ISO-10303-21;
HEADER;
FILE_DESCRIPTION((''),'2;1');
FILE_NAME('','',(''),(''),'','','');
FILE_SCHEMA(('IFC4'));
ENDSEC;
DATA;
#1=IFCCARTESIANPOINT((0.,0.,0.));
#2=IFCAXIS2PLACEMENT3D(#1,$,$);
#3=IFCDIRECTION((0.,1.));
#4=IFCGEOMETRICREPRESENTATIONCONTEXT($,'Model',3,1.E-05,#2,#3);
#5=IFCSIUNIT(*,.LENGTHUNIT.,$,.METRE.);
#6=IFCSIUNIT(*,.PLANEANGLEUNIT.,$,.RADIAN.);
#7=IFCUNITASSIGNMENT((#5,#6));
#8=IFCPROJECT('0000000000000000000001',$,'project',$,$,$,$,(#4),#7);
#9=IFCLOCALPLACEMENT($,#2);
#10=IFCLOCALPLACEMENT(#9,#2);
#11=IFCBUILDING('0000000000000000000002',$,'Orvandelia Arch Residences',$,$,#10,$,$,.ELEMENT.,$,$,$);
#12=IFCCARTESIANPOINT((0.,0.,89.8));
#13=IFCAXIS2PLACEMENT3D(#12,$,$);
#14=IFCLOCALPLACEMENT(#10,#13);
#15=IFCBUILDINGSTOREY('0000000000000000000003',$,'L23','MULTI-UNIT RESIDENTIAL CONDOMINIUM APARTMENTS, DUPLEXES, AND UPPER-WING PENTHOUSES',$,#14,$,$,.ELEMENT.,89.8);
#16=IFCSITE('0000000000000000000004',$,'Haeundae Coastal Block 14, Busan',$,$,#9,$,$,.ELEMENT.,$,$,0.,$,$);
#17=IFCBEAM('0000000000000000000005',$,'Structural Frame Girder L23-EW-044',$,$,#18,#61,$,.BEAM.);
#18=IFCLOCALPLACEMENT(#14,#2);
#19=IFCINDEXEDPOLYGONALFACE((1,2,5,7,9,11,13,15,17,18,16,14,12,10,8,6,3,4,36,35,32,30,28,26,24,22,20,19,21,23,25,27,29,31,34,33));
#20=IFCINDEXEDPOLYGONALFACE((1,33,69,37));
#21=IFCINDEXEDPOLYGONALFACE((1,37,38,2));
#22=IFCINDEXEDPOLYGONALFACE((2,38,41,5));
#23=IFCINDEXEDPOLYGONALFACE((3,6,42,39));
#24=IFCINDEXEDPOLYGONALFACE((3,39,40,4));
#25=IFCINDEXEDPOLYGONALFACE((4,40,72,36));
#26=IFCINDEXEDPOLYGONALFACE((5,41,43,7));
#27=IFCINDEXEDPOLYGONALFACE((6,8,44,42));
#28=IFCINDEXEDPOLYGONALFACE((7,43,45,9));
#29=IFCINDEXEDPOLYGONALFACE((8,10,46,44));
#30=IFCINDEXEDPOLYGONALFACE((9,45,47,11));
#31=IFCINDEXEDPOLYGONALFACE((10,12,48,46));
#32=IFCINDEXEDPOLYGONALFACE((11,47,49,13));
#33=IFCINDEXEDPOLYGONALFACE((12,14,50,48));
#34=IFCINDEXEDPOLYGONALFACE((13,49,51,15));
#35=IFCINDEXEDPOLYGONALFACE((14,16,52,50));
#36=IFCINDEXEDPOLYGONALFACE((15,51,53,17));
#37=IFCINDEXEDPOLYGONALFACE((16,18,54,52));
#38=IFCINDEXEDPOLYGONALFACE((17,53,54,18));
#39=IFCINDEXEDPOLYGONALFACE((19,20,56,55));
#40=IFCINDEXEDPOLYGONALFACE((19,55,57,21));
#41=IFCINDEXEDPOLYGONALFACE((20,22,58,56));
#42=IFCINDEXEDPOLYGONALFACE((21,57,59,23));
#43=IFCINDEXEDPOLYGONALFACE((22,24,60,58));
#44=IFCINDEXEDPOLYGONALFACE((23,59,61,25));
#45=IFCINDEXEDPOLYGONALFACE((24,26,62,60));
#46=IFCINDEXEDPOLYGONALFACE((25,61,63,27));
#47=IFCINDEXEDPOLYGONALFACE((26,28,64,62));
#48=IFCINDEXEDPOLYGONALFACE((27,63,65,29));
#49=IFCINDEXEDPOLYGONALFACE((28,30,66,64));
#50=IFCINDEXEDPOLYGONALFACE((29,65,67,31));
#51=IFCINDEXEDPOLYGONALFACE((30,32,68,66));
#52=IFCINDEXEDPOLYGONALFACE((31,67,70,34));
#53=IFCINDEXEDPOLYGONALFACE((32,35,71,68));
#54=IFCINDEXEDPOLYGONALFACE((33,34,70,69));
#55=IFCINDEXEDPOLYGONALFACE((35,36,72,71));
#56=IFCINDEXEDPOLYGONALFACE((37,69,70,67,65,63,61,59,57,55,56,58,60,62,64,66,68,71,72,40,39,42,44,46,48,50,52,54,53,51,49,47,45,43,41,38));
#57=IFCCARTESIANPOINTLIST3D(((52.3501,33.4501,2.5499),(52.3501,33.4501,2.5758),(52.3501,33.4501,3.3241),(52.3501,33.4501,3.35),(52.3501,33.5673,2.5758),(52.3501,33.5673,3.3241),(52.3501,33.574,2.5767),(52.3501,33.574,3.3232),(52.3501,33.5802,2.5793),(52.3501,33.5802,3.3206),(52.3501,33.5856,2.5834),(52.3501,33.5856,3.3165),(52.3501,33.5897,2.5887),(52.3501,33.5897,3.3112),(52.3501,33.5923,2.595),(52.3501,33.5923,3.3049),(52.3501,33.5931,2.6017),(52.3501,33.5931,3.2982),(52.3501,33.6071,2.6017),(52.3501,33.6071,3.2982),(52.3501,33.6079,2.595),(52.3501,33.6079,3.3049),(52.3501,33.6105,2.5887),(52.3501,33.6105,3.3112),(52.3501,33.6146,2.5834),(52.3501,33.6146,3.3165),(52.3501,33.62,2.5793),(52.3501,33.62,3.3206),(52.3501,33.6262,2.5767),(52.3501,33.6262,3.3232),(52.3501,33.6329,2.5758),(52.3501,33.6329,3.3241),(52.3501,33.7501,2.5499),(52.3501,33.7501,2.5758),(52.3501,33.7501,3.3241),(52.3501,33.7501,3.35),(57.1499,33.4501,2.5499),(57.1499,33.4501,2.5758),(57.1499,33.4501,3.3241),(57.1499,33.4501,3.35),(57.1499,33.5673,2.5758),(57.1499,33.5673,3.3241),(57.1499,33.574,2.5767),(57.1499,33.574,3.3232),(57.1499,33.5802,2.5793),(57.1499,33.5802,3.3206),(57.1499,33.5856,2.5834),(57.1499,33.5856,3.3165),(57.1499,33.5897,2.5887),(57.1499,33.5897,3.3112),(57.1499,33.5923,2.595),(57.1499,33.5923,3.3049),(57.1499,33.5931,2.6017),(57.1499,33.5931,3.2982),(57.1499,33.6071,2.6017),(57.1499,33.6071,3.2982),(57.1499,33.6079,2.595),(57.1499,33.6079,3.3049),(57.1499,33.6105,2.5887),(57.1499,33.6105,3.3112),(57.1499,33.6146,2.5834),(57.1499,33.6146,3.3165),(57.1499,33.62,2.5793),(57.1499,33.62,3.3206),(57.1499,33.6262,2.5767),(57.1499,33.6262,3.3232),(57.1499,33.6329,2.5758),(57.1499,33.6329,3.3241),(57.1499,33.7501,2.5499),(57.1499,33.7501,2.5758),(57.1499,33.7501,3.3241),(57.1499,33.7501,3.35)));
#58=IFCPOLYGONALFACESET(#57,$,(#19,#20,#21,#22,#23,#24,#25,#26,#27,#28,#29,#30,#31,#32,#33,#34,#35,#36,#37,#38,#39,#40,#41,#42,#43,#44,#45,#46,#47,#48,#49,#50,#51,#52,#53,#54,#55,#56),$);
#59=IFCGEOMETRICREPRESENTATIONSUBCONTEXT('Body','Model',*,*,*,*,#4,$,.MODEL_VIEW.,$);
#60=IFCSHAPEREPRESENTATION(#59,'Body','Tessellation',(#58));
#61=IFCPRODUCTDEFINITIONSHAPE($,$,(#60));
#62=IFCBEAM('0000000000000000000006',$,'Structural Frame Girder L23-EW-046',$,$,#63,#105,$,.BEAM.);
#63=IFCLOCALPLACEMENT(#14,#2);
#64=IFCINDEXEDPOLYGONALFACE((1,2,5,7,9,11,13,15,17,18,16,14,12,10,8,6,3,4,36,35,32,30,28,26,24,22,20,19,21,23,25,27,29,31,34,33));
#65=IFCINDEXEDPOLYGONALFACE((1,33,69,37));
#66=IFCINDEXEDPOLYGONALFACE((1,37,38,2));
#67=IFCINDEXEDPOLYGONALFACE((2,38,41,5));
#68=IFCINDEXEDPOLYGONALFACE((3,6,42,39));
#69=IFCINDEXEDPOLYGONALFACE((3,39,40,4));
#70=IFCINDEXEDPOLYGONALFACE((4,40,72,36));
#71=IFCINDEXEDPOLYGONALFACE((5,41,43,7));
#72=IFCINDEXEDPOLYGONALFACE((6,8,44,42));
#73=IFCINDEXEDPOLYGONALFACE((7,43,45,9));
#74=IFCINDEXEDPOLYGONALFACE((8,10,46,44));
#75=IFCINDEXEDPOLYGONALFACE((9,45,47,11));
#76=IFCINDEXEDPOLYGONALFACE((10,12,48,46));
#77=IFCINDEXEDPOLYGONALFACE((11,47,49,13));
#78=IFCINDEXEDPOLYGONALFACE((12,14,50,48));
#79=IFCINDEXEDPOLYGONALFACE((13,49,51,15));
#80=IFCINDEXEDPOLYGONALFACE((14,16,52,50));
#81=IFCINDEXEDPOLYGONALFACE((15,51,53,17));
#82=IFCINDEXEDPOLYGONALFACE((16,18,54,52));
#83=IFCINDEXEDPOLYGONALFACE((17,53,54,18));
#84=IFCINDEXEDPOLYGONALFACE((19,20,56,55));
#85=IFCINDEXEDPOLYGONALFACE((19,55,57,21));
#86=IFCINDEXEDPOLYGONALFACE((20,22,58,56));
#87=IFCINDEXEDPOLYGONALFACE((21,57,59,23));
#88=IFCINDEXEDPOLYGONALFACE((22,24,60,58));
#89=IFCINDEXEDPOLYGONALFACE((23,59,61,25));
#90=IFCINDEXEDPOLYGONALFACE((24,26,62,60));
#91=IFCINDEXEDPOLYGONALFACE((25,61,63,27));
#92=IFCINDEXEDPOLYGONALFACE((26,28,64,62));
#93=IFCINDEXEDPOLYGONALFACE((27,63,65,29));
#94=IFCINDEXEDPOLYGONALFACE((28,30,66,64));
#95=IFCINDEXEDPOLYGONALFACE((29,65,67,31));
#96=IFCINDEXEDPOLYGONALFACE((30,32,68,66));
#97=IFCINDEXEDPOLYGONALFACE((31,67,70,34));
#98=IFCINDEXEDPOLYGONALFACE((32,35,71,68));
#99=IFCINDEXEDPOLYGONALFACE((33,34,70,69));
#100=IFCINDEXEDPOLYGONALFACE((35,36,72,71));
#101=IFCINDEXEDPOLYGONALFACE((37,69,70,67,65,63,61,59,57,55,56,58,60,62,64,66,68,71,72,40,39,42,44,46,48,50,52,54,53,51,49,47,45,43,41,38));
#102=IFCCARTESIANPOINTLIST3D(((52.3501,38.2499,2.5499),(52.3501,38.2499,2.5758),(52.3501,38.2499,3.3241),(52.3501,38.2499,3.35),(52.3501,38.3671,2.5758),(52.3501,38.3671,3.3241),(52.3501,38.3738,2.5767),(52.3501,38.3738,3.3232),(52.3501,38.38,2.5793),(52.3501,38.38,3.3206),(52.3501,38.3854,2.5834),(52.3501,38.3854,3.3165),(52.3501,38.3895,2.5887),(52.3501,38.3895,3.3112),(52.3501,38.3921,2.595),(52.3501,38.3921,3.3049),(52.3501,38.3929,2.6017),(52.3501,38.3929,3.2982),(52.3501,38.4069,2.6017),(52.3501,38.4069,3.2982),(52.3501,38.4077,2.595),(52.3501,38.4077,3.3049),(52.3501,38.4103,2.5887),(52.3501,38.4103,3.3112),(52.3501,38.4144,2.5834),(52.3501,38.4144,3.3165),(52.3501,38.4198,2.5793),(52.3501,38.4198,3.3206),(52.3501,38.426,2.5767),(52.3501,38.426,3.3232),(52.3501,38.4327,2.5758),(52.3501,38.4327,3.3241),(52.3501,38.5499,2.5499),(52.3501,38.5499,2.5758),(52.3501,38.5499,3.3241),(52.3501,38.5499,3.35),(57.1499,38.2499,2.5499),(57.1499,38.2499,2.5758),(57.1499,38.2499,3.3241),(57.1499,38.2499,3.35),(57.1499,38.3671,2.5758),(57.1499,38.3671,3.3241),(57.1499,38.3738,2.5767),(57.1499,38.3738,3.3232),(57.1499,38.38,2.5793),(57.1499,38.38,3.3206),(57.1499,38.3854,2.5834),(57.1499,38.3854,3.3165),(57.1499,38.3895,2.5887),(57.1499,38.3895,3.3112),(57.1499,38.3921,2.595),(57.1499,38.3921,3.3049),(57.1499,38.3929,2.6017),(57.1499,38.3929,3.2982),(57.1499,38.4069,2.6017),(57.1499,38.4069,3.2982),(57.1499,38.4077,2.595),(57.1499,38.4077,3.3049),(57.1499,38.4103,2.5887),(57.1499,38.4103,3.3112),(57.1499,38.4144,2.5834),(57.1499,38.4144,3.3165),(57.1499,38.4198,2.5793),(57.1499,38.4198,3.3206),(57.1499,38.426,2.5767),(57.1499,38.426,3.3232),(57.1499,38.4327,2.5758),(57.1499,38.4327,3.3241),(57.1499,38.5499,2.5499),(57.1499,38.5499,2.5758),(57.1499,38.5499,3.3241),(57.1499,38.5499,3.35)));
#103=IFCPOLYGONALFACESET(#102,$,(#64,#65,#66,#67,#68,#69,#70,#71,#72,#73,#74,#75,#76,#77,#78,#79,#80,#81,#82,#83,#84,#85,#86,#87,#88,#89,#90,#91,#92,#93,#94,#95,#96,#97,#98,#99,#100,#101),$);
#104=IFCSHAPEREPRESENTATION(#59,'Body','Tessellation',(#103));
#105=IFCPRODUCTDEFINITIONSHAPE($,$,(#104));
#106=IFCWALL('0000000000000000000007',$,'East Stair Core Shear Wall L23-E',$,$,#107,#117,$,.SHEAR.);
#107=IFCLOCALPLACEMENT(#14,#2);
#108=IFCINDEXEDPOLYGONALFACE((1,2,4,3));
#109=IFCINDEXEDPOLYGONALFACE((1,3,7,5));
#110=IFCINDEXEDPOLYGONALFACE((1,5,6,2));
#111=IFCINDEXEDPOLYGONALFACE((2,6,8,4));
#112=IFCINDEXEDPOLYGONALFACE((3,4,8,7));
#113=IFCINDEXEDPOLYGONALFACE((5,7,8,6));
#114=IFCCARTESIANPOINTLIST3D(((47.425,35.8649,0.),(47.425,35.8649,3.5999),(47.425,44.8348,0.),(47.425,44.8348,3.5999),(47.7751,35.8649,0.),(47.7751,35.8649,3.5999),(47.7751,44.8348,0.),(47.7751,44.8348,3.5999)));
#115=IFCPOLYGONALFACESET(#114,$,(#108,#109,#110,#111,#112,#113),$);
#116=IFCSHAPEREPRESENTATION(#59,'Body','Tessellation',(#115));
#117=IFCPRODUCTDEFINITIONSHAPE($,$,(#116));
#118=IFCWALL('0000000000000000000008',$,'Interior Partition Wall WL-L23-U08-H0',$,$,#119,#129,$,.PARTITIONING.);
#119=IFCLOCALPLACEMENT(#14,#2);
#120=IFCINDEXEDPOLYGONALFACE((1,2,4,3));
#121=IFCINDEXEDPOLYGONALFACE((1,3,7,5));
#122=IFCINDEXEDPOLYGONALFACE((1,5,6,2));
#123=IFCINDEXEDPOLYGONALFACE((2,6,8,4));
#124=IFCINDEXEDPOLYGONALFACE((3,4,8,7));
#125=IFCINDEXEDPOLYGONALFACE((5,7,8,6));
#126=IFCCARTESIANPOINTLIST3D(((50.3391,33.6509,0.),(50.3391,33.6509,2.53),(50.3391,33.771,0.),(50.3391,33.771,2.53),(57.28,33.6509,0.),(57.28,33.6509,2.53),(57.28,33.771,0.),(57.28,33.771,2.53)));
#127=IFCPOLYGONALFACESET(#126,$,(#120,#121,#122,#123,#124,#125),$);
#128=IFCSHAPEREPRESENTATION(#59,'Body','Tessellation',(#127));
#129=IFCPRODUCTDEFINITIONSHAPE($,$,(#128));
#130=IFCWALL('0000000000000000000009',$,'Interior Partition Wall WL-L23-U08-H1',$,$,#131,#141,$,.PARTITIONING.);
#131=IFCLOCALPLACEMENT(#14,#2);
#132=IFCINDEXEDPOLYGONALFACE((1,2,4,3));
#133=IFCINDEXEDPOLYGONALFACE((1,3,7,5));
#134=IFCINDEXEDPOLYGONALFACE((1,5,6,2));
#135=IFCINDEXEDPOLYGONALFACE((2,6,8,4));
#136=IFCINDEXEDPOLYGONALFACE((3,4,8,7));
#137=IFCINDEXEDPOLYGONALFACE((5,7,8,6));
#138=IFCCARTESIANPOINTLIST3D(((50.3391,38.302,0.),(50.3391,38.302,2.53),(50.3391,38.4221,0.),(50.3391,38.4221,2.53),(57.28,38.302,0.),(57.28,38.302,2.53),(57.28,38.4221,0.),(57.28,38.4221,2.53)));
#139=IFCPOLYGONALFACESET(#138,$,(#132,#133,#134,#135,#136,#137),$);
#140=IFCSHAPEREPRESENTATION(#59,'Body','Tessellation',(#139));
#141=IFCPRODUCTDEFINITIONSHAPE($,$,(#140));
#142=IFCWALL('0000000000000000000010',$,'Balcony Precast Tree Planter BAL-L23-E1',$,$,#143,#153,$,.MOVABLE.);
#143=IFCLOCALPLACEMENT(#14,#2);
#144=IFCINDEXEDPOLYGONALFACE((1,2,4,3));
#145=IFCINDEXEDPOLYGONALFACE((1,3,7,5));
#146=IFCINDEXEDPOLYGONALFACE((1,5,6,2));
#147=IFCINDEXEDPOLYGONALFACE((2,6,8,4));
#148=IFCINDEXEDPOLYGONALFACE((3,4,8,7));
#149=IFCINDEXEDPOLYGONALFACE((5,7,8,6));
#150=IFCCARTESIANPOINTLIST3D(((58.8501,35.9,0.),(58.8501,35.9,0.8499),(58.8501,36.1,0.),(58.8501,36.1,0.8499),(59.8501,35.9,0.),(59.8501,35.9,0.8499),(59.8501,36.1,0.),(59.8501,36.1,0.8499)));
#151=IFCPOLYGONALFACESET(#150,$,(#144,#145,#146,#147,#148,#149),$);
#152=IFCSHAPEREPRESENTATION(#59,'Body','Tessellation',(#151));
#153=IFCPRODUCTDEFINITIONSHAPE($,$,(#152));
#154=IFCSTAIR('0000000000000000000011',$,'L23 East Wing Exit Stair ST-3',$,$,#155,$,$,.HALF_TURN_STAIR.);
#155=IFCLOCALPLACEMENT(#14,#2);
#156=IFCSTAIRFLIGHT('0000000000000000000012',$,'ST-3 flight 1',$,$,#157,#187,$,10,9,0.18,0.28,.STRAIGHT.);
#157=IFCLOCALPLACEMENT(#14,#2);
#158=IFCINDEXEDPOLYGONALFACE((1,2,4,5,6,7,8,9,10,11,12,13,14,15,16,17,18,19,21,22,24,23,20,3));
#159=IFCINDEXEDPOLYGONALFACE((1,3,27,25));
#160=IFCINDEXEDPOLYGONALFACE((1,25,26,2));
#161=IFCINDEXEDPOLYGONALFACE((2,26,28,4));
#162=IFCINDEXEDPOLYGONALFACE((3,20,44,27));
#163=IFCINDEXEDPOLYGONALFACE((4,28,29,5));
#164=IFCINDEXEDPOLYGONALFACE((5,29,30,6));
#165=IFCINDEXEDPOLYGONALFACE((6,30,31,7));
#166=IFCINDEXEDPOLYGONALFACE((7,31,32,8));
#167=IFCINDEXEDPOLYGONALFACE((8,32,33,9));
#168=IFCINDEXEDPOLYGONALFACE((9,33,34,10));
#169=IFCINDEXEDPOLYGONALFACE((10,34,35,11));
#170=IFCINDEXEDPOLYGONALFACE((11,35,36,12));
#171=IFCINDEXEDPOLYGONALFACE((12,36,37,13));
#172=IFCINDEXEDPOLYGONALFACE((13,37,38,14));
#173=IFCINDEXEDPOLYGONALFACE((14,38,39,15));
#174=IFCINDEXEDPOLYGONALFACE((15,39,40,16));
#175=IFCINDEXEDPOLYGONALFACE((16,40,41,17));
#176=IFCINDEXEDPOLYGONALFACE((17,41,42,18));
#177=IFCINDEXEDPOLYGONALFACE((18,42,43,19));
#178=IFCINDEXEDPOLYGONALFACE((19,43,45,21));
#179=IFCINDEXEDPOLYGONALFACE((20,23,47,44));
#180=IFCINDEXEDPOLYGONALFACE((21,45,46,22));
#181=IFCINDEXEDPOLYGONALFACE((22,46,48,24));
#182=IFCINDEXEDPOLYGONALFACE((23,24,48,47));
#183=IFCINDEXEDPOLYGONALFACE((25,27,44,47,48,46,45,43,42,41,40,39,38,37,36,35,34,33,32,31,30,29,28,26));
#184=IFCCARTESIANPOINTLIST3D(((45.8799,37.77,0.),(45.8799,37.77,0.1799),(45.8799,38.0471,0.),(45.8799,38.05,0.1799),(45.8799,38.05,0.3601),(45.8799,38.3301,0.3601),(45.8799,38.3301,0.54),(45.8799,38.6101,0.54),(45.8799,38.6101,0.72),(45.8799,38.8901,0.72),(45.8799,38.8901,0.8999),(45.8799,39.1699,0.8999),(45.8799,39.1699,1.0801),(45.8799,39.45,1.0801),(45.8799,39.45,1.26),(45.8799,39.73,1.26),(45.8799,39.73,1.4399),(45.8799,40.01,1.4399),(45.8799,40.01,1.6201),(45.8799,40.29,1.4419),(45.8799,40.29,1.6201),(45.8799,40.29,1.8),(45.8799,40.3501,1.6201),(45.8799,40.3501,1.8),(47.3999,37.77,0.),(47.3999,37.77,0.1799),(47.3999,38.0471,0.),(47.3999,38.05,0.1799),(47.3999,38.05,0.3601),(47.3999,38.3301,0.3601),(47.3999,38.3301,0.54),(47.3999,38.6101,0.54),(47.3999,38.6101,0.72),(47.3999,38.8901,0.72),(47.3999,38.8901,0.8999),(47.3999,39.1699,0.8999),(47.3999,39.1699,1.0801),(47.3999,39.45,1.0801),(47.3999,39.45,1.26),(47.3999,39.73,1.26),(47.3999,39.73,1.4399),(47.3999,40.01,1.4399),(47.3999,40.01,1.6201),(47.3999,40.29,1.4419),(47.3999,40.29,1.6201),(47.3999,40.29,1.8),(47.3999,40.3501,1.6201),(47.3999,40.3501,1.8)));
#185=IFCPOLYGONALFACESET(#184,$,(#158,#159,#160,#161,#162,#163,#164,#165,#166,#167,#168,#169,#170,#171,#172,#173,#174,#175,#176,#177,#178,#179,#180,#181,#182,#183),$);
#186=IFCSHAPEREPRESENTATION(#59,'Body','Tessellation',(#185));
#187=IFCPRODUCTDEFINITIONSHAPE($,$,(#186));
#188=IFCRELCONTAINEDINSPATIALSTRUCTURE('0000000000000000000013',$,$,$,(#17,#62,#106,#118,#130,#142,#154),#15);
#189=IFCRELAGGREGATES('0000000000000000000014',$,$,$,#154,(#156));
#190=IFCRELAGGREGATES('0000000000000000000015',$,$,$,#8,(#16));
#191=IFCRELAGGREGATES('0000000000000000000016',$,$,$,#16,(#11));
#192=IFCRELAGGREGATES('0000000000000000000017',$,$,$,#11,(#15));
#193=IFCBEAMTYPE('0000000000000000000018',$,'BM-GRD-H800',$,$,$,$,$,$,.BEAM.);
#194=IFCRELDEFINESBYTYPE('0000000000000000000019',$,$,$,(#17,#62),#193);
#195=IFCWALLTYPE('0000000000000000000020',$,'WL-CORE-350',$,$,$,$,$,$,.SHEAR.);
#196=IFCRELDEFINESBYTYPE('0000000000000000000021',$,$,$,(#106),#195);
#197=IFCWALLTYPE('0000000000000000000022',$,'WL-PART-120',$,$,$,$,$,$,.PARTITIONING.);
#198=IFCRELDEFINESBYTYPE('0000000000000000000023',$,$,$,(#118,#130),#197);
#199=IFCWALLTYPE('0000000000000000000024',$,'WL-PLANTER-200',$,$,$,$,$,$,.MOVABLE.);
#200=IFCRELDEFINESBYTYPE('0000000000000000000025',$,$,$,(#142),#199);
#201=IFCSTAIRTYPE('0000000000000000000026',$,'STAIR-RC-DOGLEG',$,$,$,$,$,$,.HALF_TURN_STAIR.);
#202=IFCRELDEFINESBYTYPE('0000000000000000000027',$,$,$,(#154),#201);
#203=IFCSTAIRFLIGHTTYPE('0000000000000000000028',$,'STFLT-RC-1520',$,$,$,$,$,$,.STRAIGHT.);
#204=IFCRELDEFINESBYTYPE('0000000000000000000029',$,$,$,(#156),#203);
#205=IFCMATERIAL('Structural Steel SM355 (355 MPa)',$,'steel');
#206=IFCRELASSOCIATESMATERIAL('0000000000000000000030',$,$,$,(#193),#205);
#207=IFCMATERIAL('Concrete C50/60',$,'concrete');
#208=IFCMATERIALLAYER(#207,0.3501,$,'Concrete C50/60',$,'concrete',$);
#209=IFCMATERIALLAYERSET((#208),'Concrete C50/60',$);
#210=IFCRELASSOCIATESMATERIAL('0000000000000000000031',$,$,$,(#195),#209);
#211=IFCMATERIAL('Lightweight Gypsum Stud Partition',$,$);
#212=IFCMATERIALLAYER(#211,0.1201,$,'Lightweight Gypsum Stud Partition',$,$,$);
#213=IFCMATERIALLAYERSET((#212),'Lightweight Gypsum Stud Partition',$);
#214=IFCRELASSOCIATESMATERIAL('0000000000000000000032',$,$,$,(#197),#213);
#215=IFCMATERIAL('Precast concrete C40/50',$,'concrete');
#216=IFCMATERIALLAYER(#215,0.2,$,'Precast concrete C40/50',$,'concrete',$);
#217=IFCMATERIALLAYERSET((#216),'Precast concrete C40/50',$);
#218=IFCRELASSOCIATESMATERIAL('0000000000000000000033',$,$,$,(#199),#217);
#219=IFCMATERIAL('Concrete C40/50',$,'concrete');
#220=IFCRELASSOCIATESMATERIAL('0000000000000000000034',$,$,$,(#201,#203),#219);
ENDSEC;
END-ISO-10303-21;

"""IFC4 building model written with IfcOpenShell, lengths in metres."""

from ifc_helpers import new_model, si_unit, direction, frame, frame_2d, origin, origin_2d, place, context, subcontext, project, spatial, polyline, rectangle, i_section, outline, extrude, material, layer, layer_set, material_profile, profile_set, type_object, element, aggregate, save


model = new_model("IFC4")

# Units and contexts
model_context = context("Model", 3, precision=1e-05, world=origin(), true_north=direction((0.0, 1.0)))
body_context = subcontext(model_context, "Body", "Model", "MODEL_VIEW")
ifc_project = project(units=[si_unit("LENGTHUNIT", "METRE"), si_unit("PLANEANGLEUNIT", "RADIAN")], contexts=[model_context])

# Site, building, storey
site_placement = place(None, origin())
site = spatial("IfcSite", under=ifc_project, at=site_placement, Name="Haeundae Coastal Block 14, Busan", CompositionType="ELEMENT", RefElevation=0.0)
building_placement = place(site_placement, origin())
building = spatial("IfcBuilding", under=site, at=building_placement, Name="Orvandelia Arch Residences", CompositionType="ELEMENT")
storey_placement = place(building_placement, frame((0.0, 0.0, 89.8)))
storey = spatial("IfcBuildingStorey", under=building, at=storey_placement, Name="L23", Description="MULTI-UNIT RESIDENTIAL CONDOMINIUM APARTMENTS, DUPLEXES, AND UPPER-WING PENTHOUSES", CompositionType="ELEMENT", Elevation=89.8)

# Beams
ifc_material_1 = material(Name="Structural Steel SM355 (355 MPa)", Category="steel")
ifc_material_profile_1 = material_profile(ifc_material_1, i_section(OverallWidth=0.3, OverallDepth=0.8, WebThickness=0.0139, FlangeThickness=0.0259, FilletRadius=0.0259, at=origin_2d()), Name="Structural Steel SM355 (355 MPa)", Category="steel")
ifc_profile_set_1 = profile_set([ifc_material_profile_1], Name="Structural Steel SM355 (355 MPa)")
beam_type = type_object("IfcBeamType", Name="BM-GRD-H800", PredefinedType="BEAM", material=ifc_profile_set_1)
for number, where, z_axis, x_axis, name in (
    (1, (52.3501, 33.6001, 2.95), (1.0, 0.0, 0.0), (0.0, 1.0, 0.0), "Structural Frame Girder L23-EW-044"),
    (2, (52.3501, 38.3999, 2.95), (1.0, 0.0, 0.0), (0.0, 1.0, 0.0), "Structural Frame Girder L23-EW-046"),
):
    element("IfcBeam", number, at=place(storey_placement, frame(where, z_axis=z_axis, x_axis=x_axis)), inside=storey, type_object=beam_type, Name=name, PredefinedType="BEAM", context=body_context, shape_type="SweptSolid", body=[
        extrude(i_section(OverallWidth=0.3, OverallDepth=0.8, WebThickness=0.0139, FlangeThickness=0.0259, FilletRadius=0.0259, at=origin_2d()), origin(), (0.0, 0.0, 1.0), 4.7998),
    ])

# Walls
ifc_material_2 = material(Name="Concrete C50/60", Category="concrete")
ifc_layer_1 = layer(ifc_material_2, 0.3501, Name="Concrete C50/60", Category="concrete")
ifc_layer_set_1 = layer_set([ifc_layer_1], Name="Concrete C50/60")
wall_type_1 = type_object("IfcWallType", Name="WL-CORE-350", PredefinedType="SHEAR", material=ifc_layer_set_1)
wall_1_placement = place(storey_placement, frame((47.6001, 35.865, 0.0), z_axis=(0.0, 0.0, 1.0), x_axis=(0.0, 1.0, 0.0)))
element("IfcWall", 3, at=wall_1_placement, inside=storey, type_object=wall_type_1, Name="East Stair Core Shear Wall L23-E", PredefinedType="SHEAR", context=body_context, shape_type="SweptSolid", body=[
    extrude(rectangle(XDim=8.97, YDim=0.3501, at=frame_2d((4.4849, 0.0))), origin(), (0.0, 0.0, 1.0), 3.5999),
])
ifc_material_3 = material(Name="Lightweight Gypsum Stud Partition")
ifc_layer_2 = layer(ifc_material_3, 0.1201, Name="Lightweight Gypsum Stud Partition")
ifc_layer_set_2 = layer_set([ifc_layer_2], Name="Lightweight Gypsum Stud Partition")
wall_type_2 = type_object("IfcWallType", Name="WL-PART-120", PredefinedType="PARTITIONING", material=ifc_layer_set_2)
for number, where, z_axis, x_axis, name in (
    (4, (50.3391, 33.7109, 0.0), (0.0, 0.0, 1.0), (1.0, 0.0, 0.0), "Interior Partition Wall WL-L23-U08-H0"),
    (5, (50.3391, 38.3621, 0.0), (0.0, 0.0, 1.0), (1.0, 0.0, 0.0), "Interior Partition Wall WL-L23-U08-H1"),
):
    element("IfcWall", number, at=place(storey_placement, frame(where, z_axis=z_axis, x_axis=x_axis)), inside=storey, type_object=wall_type_2, Name=name, PredefinedType="PARTITIONING", context=body_context, shape_type="SweptSolid", body=[
        extrude(rectangle(XDim=6.9409, YDim=0.1201, at=frame_2d((3.4705, 0.0))), origin(), (0.0, 0.0, 1.0), 2.53),
    ])
ifc_material_4 = material(Name="Precast concrete C40/50", Category="concrete")
ifc_layer_3 = layer(ifc_material_4, 0.2, Name="Precast concrete C40/50", Category="concrete")
ifc_layer_set_3 = layer_set([ifc_layer_3], Name="Precast concrete C40/50")
wall_type_3 = type_object("IfcWallType", Name="WL-PLANTER-200", PredefinedType="MOVABLE", material=ifc_layer_set_3)
wall_2_placement = place(storey_placement, frame((58.8501, 36.0, 0.0), z_axis=(0.0, 0.0, 1.0), x_axis=(1.0, 0.0, 0.0)))
element("IfcWall", 6, at=wall_2_placement, inside=storey, type_object=wall_type_3, Name="Balcony Precast Tree Planter BAL-L23-E1", PredefinedType="MOVABLE", context=body_context, shape_type="SweptSolid", body=[
    extrude(rectangle(XDim=1.0, YDim=0.2, at=frame_2d((0.5, 0.0))), origin(), (0.0, 0.0, 1.0), 0.8499),
])

# Stair, stair flight
ifc_material_5 = material(Name="Concrete C40/50", Category="concrete")
stair_type = type_object("IfcStairType", Name="STAIR-RC-DOGLEG", PredefinedType="HALF_TURN_STAIR", material=ifc_material_5)
stair_placement = place(storey_placement, origin())
stair = element("IfcStair", 7, at=stair_placement, inside=storey, type_object=stair_type, Name="L23 East Wing Exit Stair ST-3", PredefinedType="HALF_TURN_STAIR")
stair_flight_type = type_object("IfcStairFlightType", Name="STFLT-RC-1520", PredefinedType="STRAIGHT", material=ifc_material_5)
stair_flight_placement = place(storey_placement, frame((46.6399, 37.77, 0.0), z_axis=(0.0, 0.0, 1.0), x_axis=(0.0, 1.0, 0.0)))
stair_flight = element("IfcStairFlight", 8, at=stair_flight_placement, type_object=stair_flight_type, Name="ST-3 flight 1", NumberOfRisers=10, NumberOfTreads=9, PredefinedType="STRAIGHT", RiserHeight=0.18, TreadLength=0.28, context=body_context, shape_type="SweptSolid", body=[
    extrude(outline(polyline([(0.0, 0.0), (0.0, 0.1799), (0.28, 0.1799), (0.28, 0.3601), (0.5601, 0.3601), (0.5601, 0.54), (0.8401, 0.54), (0.8401, 0.72), (1.1201, 0.72), (1.1201, 0.8999), (1.3999, 0.8999), (1.3999, 1.0801), (1.6799, 1.0801), (1.6799, 1.26), (1.96, 1.26), (1.96, 1.4399), (2.24, 1.4399), (2.24, 1.6201), (2.52, 1.6201), (2.52, 1.8), (2.5801, 1.8), (2.5801, 1.6201), (2.52, 1.4419), (0.2771, 0.0), (0.0, 0.0)])), frame((0.0, 0.76, 0.0), z_axis=(0.0, -1.0, 0.0), x_axis=(1.0, 0.0, 0.0)), (0.0, 0.0, 1.0), 1.52),
])
aggregate(stair, [stair_flight])

save(model, "model.ifc")
